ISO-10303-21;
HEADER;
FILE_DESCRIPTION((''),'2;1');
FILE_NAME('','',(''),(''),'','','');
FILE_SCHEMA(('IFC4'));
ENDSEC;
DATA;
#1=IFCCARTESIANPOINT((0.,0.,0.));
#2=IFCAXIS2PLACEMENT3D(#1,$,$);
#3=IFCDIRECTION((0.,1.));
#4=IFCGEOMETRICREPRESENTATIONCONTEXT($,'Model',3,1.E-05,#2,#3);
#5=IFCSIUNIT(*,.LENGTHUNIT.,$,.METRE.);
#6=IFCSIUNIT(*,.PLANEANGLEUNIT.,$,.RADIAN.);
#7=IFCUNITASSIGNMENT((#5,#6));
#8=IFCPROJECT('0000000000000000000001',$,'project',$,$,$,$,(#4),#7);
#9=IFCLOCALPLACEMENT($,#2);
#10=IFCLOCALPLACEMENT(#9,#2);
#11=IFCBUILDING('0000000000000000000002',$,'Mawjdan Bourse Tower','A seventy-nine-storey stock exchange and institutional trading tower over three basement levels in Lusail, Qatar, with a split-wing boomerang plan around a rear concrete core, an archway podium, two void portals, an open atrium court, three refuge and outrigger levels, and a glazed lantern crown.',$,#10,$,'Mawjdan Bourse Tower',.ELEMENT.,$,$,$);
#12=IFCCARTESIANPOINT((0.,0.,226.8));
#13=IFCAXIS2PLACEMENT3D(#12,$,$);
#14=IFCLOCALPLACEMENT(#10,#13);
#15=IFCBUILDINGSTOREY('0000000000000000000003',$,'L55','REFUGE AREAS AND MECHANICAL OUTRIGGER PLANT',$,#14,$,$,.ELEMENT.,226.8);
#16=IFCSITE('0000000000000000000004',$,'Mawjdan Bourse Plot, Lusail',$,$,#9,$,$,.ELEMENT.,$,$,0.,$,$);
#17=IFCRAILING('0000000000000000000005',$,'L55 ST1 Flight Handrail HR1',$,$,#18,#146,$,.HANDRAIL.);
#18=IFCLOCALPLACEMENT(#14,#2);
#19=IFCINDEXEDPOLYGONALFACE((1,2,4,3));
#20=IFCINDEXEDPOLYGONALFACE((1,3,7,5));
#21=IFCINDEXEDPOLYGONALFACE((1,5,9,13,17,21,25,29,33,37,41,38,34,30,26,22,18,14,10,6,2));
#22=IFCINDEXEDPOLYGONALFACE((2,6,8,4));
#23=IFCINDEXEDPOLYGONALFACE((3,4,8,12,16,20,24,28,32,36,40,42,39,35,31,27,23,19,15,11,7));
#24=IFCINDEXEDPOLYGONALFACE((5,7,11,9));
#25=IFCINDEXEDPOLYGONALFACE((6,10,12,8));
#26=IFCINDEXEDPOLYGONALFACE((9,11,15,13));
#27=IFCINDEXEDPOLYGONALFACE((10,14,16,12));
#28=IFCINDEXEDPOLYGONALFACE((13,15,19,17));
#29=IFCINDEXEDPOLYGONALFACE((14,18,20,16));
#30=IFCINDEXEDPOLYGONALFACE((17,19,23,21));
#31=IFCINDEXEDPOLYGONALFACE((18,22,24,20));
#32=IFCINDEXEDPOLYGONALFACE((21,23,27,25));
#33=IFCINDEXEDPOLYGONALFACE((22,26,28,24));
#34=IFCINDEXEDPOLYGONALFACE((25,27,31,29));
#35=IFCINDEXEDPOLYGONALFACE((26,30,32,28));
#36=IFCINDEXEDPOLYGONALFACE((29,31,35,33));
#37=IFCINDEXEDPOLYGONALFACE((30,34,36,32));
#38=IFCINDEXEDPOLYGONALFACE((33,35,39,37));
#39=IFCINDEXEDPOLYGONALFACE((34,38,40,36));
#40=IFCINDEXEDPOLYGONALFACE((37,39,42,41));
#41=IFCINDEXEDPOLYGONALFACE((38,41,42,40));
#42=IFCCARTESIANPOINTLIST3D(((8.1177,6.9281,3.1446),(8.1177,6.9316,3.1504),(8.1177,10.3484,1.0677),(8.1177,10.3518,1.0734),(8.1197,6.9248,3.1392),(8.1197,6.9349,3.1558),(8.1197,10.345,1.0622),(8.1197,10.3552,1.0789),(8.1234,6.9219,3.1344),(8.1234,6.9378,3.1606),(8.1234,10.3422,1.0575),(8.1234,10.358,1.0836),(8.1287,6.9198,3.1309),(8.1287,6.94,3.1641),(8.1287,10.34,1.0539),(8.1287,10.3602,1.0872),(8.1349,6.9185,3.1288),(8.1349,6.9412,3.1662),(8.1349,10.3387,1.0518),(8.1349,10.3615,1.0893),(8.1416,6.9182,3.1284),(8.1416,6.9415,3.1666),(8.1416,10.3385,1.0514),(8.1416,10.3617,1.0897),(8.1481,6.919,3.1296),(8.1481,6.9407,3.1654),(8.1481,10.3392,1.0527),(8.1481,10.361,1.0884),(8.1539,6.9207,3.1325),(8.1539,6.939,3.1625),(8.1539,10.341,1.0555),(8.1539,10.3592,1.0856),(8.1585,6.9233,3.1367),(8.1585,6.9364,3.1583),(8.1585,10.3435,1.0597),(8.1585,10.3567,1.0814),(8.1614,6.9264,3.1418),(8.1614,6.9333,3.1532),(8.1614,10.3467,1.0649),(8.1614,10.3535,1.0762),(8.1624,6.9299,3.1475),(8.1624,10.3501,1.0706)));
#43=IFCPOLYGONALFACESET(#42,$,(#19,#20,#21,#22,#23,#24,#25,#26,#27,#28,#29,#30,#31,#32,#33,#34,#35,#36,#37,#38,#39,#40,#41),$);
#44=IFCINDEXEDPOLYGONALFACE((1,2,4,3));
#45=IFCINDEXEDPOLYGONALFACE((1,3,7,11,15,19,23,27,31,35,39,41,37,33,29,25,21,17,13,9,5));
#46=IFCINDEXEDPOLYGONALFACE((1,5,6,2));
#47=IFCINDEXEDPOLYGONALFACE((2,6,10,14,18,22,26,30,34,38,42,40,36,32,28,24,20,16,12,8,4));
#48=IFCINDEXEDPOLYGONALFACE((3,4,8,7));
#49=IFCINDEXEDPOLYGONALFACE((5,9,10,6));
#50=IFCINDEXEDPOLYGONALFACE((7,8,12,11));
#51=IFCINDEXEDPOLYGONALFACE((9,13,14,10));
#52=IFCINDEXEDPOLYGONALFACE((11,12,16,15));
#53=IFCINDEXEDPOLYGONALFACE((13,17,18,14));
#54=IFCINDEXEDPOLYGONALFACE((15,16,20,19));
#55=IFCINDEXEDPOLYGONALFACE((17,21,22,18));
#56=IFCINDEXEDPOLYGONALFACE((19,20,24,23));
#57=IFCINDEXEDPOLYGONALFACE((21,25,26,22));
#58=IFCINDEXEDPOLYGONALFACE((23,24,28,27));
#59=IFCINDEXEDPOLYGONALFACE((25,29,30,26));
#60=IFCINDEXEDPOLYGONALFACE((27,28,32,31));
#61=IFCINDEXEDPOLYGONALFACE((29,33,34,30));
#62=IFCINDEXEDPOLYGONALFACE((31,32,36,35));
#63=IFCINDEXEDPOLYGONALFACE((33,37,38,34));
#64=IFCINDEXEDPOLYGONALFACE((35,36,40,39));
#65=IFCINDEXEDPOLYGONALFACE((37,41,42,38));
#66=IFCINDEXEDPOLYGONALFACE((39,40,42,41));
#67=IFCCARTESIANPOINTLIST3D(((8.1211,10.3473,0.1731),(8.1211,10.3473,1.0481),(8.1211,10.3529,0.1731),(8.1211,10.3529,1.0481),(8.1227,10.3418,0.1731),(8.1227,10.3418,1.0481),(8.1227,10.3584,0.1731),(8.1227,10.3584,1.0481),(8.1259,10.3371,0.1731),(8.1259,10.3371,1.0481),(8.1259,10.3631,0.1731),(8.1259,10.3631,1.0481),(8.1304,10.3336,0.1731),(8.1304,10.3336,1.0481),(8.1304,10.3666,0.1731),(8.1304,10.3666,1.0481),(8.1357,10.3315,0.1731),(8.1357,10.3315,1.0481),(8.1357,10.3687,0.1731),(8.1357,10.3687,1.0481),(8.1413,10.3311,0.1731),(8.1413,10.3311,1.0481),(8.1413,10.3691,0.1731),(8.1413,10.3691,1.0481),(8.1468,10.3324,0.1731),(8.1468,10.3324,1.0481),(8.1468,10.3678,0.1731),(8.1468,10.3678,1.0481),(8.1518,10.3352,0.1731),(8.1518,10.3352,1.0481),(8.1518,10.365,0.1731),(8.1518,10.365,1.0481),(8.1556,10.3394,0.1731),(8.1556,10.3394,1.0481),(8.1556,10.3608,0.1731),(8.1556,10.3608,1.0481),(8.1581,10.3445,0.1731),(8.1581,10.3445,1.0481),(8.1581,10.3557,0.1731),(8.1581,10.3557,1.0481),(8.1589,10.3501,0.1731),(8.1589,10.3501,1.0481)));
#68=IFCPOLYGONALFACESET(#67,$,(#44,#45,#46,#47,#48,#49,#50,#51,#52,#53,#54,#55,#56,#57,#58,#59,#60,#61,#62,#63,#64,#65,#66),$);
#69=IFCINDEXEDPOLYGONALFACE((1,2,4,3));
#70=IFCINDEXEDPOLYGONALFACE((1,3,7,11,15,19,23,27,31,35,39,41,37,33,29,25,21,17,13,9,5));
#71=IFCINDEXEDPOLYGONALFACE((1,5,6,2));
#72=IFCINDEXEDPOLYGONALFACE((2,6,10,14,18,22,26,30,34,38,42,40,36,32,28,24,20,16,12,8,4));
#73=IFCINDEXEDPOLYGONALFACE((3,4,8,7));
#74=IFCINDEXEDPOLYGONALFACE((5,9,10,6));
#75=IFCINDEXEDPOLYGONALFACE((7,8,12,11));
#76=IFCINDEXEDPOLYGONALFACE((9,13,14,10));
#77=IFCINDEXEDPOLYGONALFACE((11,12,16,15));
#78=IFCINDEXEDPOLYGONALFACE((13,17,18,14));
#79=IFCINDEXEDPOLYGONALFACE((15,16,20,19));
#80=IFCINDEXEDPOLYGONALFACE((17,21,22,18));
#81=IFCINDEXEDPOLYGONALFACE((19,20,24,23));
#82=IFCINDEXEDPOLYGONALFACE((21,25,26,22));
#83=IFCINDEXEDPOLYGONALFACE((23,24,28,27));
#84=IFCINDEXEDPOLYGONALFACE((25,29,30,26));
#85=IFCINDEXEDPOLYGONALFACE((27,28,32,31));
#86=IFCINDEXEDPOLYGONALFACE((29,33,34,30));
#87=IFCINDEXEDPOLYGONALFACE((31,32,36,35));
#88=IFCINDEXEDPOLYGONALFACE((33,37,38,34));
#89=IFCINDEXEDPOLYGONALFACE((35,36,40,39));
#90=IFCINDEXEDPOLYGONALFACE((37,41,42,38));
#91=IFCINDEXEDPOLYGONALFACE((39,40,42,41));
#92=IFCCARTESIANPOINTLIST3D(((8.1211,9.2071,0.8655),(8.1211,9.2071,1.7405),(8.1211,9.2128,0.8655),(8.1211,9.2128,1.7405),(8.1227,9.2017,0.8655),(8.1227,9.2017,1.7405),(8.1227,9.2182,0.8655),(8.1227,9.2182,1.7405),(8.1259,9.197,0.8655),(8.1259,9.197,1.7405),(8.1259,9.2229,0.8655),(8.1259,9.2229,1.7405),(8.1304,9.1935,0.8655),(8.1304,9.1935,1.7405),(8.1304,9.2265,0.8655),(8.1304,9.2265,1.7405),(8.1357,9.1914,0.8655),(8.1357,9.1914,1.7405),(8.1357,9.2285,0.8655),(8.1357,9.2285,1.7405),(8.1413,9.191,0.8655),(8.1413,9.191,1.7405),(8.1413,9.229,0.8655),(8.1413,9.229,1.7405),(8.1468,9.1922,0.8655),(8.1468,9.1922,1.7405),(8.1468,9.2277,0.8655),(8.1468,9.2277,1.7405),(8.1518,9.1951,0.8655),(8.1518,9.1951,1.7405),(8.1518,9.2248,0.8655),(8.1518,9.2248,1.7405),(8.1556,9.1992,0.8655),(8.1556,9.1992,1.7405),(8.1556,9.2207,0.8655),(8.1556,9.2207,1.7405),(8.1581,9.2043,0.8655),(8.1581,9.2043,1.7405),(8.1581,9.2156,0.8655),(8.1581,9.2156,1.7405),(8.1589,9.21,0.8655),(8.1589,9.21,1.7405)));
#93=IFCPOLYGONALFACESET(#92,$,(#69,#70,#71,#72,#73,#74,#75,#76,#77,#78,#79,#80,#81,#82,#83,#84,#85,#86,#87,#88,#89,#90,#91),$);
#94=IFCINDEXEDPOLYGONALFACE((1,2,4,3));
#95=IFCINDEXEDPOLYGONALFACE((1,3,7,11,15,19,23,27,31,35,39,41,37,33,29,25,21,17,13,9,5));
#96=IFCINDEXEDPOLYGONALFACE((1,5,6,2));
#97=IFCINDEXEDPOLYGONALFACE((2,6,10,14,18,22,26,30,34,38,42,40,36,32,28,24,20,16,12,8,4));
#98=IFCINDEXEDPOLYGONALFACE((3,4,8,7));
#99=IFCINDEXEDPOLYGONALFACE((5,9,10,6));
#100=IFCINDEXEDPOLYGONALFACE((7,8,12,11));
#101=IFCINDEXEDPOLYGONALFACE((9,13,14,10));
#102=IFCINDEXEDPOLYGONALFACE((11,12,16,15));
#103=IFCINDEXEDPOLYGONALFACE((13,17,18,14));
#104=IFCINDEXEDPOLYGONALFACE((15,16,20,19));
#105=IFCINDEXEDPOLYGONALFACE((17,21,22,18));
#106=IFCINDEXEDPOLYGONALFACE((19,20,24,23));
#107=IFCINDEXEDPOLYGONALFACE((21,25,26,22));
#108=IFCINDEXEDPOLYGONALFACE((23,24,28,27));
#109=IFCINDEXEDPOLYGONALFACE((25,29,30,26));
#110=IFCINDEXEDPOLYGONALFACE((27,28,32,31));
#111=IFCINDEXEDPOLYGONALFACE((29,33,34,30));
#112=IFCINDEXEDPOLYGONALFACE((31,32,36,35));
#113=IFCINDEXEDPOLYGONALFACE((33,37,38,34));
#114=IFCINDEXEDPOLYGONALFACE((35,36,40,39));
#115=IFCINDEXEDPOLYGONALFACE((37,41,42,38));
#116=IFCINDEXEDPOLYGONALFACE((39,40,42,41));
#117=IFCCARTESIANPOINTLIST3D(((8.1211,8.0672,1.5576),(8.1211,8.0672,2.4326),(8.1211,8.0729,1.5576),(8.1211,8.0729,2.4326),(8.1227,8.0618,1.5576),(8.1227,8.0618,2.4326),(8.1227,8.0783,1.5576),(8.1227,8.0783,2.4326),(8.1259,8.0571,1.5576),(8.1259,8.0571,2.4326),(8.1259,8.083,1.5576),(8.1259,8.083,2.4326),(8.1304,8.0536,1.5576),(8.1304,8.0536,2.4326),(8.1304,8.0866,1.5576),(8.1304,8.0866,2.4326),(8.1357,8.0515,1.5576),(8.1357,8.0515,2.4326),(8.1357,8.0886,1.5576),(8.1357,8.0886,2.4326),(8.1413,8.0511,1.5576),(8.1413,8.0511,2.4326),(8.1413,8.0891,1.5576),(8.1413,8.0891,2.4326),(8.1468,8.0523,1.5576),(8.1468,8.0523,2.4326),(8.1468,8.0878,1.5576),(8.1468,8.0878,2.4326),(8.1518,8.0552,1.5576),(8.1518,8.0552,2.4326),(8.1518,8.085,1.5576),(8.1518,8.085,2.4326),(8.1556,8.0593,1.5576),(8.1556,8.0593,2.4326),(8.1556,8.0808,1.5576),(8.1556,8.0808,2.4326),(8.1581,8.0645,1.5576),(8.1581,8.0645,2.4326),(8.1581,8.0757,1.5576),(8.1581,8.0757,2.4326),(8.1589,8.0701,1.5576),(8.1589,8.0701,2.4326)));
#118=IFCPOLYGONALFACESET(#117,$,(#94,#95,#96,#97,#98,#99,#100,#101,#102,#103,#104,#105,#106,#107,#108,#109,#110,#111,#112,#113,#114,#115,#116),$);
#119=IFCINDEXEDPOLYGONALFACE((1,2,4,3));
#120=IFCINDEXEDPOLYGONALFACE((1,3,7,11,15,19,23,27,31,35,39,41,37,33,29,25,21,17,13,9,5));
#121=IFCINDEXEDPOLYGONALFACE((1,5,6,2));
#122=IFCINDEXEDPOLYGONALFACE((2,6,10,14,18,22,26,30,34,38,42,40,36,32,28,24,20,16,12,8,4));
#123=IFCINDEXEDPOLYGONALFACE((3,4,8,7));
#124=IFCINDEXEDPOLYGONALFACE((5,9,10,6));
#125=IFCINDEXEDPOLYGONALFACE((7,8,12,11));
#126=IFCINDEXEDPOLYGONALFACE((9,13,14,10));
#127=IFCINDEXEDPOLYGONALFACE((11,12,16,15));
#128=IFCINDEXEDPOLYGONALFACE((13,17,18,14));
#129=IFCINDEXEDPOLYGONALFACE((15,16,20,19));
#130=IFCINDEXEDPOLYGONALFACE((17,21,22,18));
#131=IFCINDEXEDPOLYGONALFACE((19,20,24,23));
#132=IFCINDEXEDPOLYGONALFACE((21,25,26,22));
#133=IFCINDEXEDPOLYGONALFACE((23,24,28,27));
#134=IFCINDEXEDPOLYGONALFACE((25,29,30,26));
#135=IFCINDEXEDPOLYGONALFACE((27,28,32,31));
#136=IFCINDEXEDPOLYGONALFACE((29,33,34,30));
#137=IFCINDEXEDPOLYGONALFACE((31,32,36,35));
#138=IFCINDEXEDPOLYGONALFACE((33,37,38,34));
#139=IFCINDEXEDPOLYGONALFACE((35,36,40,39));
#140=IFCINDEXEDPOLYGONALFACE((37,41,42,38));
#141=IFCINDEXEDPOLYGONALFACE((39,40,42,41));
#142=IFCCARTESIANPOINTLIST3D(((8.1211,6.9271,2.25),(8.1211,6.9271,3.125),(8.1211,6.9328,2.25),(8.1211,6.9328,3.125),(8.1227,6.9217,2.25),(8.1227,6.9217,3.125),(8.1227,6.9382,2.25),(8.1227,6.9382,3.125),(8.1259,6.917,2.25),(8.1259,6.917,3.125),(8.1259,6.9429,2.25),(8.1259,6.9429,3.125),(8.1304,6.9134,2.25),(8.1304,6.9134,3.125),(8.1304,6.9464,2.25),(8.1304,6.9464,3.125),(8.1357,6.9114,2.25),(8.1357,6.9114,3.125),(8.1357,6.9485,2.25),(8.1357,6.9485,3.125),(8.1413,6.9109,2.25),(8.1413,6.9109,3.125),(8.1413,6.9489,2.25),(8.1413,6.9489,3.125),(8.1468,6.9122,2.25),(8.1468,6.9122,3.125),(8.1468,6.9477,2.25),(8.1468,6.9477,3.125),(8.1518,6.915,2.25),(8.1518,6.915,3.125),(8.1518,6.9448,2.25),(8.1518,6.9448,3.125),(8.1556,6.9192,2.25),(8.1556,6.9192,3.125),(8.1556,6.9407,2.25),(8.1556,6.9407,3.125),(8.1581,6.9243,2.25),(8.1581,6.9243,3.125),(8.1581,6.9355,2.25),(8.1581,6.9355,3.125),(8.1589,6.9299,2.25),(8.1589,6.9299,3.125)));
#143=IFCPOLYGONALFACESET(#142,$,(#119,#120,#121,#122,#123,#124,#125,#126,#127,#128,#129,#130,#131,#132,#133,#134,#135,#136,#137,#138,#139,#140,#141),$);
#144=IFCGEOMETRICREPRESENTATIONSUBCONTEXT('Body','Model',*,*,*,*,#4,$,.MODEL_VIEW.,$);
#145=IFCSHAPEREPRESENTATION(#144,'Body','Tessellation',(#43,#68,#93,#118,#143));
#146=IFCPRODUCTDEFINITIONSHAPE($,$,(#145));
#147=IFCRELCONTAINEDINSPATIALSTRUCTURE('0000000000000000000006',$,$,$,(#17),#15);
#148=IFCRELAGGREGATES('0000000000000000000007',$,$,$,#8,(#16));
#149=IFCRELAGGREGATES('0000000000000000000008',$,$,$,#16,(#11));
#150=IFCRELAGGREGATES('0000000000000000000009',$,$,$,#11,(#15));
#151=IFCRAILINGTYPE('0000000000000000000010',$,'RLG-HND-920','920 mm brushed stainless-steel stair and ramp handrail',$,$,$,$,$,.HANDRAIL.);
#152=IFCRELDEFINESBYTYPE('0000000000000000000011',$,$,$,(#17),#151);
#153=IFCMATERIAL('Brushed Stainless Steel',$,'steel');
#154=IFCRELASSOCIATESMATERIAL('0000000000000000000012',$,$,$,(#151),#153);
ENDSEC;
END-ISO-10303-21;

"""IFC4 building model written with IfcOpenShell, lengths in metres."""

from ifc_helpers import new_model, si_unit, direction, frame, origin, origin_2d, place, context, subcontext, project, spatial, circle, extrude, material, type_object, element, save


model = new_model("IFC4")

# Units and contexts
model_context = context("Model", 3, precision=1e-05, world=origin(), true_north=direction((0.0, 1.0)))
body_context = subcontext(model_context, "Body", "Model", "MODEL_VIEW")
ifc_project = project(units=[si_unit("LENGTHUNIT", "METRE"), si_unit("PLANEANGLEUNIT", "RADIAN")], contexts=[model_context])

# Site, building, storey
site_placement = place(None, origin())
site = spatial("IfcSite", under=ifc_project, at=site_placement, Name="Mawjdan Bourse Plot, Lusail", CompositionType="ELEMENT", RefElevation=0.0)
building_placement = place(site_placement, origin())
building = spatial("IfcBuilding", under=site, at=building_placement, Name="Mawjdan Bourse Tower", Description="A seventy-nine-storey stock exchange and institutional trading tower over three basement levels in Lusail, Qatar, with a split-wing boomerang plan around a rear concrete core, an archway podium, two void portals, an open atrium court, three refuge and outrigger levels, and a glazed lantern crown.", LongName="Mawjdan Bourse Tower", CompositionType="ELEMENT")
storey_placement = place(building_placement, frame((0.0, 0.0, 226.8)))
storey = spatial("IfcBuildingStorey", under=building, at=storey_placement, Name="L55", Description="REFUGE AREAS AND MECHANICAL OUTRIGGER PLANT", CompositionType="ELEMENT", Elevation=226.8)

# Shared definitions
ifc_material_1 = material(Name="Brushed Stainless Steel", Category="steel")

# Railing
railing_type_1 = type_object("IfcRailingType", Name="RLG-HND-920", Description="920 mm brushed stainless-steel stair and ramp handrail", PredefinedType="HANDRAIL", material=ifc_material_1)
railing_1_placement = place(storey_placement, frame((8.1399, 10.3501, 0.1731)))
element("IfcRailing", 1, at=railing_1_placement, inside=storey, type_object=railing_type_1, Name="L55 ST1 Flight Handrail HR1", PredefinedType="HANDRAIL", context=body_context, shape_type="SweptSolid", body=[
    extrude(circle(Radius=0.0225, at=origin_2d()), frame((0.0, 0.0, 0.8975), z_axis=(0.0, -0.854746, 0.519047), x_axis=(1.0, 0.0, 0.0)), (0.0, 0.0, 1.0), 4.0015),
    extrude(circle(Radius=0.019, at=origin_2d()), origin(), (0.0, 0.0, 1.0), 0.875),
    extrude(circle(Radius=0.019, at=origin_2d()), frame((0.0, -1.1401, 0.6924)), (0.0, 0.0, 1.0), 0.875),
    extrude(circle(Radius=0.019, at=origin_2d()), frame((0.0, -2.28, 1.3845)), (0.0, 0.0, 1.0), 0.875),
    extrude(circle(Radius=0.019, at=origin_2d()), frame((0.0, -3.4202, 2.0769)), (0.0, 0.0, 1.0), 0.875),
])

save(model, "model.ifc")
